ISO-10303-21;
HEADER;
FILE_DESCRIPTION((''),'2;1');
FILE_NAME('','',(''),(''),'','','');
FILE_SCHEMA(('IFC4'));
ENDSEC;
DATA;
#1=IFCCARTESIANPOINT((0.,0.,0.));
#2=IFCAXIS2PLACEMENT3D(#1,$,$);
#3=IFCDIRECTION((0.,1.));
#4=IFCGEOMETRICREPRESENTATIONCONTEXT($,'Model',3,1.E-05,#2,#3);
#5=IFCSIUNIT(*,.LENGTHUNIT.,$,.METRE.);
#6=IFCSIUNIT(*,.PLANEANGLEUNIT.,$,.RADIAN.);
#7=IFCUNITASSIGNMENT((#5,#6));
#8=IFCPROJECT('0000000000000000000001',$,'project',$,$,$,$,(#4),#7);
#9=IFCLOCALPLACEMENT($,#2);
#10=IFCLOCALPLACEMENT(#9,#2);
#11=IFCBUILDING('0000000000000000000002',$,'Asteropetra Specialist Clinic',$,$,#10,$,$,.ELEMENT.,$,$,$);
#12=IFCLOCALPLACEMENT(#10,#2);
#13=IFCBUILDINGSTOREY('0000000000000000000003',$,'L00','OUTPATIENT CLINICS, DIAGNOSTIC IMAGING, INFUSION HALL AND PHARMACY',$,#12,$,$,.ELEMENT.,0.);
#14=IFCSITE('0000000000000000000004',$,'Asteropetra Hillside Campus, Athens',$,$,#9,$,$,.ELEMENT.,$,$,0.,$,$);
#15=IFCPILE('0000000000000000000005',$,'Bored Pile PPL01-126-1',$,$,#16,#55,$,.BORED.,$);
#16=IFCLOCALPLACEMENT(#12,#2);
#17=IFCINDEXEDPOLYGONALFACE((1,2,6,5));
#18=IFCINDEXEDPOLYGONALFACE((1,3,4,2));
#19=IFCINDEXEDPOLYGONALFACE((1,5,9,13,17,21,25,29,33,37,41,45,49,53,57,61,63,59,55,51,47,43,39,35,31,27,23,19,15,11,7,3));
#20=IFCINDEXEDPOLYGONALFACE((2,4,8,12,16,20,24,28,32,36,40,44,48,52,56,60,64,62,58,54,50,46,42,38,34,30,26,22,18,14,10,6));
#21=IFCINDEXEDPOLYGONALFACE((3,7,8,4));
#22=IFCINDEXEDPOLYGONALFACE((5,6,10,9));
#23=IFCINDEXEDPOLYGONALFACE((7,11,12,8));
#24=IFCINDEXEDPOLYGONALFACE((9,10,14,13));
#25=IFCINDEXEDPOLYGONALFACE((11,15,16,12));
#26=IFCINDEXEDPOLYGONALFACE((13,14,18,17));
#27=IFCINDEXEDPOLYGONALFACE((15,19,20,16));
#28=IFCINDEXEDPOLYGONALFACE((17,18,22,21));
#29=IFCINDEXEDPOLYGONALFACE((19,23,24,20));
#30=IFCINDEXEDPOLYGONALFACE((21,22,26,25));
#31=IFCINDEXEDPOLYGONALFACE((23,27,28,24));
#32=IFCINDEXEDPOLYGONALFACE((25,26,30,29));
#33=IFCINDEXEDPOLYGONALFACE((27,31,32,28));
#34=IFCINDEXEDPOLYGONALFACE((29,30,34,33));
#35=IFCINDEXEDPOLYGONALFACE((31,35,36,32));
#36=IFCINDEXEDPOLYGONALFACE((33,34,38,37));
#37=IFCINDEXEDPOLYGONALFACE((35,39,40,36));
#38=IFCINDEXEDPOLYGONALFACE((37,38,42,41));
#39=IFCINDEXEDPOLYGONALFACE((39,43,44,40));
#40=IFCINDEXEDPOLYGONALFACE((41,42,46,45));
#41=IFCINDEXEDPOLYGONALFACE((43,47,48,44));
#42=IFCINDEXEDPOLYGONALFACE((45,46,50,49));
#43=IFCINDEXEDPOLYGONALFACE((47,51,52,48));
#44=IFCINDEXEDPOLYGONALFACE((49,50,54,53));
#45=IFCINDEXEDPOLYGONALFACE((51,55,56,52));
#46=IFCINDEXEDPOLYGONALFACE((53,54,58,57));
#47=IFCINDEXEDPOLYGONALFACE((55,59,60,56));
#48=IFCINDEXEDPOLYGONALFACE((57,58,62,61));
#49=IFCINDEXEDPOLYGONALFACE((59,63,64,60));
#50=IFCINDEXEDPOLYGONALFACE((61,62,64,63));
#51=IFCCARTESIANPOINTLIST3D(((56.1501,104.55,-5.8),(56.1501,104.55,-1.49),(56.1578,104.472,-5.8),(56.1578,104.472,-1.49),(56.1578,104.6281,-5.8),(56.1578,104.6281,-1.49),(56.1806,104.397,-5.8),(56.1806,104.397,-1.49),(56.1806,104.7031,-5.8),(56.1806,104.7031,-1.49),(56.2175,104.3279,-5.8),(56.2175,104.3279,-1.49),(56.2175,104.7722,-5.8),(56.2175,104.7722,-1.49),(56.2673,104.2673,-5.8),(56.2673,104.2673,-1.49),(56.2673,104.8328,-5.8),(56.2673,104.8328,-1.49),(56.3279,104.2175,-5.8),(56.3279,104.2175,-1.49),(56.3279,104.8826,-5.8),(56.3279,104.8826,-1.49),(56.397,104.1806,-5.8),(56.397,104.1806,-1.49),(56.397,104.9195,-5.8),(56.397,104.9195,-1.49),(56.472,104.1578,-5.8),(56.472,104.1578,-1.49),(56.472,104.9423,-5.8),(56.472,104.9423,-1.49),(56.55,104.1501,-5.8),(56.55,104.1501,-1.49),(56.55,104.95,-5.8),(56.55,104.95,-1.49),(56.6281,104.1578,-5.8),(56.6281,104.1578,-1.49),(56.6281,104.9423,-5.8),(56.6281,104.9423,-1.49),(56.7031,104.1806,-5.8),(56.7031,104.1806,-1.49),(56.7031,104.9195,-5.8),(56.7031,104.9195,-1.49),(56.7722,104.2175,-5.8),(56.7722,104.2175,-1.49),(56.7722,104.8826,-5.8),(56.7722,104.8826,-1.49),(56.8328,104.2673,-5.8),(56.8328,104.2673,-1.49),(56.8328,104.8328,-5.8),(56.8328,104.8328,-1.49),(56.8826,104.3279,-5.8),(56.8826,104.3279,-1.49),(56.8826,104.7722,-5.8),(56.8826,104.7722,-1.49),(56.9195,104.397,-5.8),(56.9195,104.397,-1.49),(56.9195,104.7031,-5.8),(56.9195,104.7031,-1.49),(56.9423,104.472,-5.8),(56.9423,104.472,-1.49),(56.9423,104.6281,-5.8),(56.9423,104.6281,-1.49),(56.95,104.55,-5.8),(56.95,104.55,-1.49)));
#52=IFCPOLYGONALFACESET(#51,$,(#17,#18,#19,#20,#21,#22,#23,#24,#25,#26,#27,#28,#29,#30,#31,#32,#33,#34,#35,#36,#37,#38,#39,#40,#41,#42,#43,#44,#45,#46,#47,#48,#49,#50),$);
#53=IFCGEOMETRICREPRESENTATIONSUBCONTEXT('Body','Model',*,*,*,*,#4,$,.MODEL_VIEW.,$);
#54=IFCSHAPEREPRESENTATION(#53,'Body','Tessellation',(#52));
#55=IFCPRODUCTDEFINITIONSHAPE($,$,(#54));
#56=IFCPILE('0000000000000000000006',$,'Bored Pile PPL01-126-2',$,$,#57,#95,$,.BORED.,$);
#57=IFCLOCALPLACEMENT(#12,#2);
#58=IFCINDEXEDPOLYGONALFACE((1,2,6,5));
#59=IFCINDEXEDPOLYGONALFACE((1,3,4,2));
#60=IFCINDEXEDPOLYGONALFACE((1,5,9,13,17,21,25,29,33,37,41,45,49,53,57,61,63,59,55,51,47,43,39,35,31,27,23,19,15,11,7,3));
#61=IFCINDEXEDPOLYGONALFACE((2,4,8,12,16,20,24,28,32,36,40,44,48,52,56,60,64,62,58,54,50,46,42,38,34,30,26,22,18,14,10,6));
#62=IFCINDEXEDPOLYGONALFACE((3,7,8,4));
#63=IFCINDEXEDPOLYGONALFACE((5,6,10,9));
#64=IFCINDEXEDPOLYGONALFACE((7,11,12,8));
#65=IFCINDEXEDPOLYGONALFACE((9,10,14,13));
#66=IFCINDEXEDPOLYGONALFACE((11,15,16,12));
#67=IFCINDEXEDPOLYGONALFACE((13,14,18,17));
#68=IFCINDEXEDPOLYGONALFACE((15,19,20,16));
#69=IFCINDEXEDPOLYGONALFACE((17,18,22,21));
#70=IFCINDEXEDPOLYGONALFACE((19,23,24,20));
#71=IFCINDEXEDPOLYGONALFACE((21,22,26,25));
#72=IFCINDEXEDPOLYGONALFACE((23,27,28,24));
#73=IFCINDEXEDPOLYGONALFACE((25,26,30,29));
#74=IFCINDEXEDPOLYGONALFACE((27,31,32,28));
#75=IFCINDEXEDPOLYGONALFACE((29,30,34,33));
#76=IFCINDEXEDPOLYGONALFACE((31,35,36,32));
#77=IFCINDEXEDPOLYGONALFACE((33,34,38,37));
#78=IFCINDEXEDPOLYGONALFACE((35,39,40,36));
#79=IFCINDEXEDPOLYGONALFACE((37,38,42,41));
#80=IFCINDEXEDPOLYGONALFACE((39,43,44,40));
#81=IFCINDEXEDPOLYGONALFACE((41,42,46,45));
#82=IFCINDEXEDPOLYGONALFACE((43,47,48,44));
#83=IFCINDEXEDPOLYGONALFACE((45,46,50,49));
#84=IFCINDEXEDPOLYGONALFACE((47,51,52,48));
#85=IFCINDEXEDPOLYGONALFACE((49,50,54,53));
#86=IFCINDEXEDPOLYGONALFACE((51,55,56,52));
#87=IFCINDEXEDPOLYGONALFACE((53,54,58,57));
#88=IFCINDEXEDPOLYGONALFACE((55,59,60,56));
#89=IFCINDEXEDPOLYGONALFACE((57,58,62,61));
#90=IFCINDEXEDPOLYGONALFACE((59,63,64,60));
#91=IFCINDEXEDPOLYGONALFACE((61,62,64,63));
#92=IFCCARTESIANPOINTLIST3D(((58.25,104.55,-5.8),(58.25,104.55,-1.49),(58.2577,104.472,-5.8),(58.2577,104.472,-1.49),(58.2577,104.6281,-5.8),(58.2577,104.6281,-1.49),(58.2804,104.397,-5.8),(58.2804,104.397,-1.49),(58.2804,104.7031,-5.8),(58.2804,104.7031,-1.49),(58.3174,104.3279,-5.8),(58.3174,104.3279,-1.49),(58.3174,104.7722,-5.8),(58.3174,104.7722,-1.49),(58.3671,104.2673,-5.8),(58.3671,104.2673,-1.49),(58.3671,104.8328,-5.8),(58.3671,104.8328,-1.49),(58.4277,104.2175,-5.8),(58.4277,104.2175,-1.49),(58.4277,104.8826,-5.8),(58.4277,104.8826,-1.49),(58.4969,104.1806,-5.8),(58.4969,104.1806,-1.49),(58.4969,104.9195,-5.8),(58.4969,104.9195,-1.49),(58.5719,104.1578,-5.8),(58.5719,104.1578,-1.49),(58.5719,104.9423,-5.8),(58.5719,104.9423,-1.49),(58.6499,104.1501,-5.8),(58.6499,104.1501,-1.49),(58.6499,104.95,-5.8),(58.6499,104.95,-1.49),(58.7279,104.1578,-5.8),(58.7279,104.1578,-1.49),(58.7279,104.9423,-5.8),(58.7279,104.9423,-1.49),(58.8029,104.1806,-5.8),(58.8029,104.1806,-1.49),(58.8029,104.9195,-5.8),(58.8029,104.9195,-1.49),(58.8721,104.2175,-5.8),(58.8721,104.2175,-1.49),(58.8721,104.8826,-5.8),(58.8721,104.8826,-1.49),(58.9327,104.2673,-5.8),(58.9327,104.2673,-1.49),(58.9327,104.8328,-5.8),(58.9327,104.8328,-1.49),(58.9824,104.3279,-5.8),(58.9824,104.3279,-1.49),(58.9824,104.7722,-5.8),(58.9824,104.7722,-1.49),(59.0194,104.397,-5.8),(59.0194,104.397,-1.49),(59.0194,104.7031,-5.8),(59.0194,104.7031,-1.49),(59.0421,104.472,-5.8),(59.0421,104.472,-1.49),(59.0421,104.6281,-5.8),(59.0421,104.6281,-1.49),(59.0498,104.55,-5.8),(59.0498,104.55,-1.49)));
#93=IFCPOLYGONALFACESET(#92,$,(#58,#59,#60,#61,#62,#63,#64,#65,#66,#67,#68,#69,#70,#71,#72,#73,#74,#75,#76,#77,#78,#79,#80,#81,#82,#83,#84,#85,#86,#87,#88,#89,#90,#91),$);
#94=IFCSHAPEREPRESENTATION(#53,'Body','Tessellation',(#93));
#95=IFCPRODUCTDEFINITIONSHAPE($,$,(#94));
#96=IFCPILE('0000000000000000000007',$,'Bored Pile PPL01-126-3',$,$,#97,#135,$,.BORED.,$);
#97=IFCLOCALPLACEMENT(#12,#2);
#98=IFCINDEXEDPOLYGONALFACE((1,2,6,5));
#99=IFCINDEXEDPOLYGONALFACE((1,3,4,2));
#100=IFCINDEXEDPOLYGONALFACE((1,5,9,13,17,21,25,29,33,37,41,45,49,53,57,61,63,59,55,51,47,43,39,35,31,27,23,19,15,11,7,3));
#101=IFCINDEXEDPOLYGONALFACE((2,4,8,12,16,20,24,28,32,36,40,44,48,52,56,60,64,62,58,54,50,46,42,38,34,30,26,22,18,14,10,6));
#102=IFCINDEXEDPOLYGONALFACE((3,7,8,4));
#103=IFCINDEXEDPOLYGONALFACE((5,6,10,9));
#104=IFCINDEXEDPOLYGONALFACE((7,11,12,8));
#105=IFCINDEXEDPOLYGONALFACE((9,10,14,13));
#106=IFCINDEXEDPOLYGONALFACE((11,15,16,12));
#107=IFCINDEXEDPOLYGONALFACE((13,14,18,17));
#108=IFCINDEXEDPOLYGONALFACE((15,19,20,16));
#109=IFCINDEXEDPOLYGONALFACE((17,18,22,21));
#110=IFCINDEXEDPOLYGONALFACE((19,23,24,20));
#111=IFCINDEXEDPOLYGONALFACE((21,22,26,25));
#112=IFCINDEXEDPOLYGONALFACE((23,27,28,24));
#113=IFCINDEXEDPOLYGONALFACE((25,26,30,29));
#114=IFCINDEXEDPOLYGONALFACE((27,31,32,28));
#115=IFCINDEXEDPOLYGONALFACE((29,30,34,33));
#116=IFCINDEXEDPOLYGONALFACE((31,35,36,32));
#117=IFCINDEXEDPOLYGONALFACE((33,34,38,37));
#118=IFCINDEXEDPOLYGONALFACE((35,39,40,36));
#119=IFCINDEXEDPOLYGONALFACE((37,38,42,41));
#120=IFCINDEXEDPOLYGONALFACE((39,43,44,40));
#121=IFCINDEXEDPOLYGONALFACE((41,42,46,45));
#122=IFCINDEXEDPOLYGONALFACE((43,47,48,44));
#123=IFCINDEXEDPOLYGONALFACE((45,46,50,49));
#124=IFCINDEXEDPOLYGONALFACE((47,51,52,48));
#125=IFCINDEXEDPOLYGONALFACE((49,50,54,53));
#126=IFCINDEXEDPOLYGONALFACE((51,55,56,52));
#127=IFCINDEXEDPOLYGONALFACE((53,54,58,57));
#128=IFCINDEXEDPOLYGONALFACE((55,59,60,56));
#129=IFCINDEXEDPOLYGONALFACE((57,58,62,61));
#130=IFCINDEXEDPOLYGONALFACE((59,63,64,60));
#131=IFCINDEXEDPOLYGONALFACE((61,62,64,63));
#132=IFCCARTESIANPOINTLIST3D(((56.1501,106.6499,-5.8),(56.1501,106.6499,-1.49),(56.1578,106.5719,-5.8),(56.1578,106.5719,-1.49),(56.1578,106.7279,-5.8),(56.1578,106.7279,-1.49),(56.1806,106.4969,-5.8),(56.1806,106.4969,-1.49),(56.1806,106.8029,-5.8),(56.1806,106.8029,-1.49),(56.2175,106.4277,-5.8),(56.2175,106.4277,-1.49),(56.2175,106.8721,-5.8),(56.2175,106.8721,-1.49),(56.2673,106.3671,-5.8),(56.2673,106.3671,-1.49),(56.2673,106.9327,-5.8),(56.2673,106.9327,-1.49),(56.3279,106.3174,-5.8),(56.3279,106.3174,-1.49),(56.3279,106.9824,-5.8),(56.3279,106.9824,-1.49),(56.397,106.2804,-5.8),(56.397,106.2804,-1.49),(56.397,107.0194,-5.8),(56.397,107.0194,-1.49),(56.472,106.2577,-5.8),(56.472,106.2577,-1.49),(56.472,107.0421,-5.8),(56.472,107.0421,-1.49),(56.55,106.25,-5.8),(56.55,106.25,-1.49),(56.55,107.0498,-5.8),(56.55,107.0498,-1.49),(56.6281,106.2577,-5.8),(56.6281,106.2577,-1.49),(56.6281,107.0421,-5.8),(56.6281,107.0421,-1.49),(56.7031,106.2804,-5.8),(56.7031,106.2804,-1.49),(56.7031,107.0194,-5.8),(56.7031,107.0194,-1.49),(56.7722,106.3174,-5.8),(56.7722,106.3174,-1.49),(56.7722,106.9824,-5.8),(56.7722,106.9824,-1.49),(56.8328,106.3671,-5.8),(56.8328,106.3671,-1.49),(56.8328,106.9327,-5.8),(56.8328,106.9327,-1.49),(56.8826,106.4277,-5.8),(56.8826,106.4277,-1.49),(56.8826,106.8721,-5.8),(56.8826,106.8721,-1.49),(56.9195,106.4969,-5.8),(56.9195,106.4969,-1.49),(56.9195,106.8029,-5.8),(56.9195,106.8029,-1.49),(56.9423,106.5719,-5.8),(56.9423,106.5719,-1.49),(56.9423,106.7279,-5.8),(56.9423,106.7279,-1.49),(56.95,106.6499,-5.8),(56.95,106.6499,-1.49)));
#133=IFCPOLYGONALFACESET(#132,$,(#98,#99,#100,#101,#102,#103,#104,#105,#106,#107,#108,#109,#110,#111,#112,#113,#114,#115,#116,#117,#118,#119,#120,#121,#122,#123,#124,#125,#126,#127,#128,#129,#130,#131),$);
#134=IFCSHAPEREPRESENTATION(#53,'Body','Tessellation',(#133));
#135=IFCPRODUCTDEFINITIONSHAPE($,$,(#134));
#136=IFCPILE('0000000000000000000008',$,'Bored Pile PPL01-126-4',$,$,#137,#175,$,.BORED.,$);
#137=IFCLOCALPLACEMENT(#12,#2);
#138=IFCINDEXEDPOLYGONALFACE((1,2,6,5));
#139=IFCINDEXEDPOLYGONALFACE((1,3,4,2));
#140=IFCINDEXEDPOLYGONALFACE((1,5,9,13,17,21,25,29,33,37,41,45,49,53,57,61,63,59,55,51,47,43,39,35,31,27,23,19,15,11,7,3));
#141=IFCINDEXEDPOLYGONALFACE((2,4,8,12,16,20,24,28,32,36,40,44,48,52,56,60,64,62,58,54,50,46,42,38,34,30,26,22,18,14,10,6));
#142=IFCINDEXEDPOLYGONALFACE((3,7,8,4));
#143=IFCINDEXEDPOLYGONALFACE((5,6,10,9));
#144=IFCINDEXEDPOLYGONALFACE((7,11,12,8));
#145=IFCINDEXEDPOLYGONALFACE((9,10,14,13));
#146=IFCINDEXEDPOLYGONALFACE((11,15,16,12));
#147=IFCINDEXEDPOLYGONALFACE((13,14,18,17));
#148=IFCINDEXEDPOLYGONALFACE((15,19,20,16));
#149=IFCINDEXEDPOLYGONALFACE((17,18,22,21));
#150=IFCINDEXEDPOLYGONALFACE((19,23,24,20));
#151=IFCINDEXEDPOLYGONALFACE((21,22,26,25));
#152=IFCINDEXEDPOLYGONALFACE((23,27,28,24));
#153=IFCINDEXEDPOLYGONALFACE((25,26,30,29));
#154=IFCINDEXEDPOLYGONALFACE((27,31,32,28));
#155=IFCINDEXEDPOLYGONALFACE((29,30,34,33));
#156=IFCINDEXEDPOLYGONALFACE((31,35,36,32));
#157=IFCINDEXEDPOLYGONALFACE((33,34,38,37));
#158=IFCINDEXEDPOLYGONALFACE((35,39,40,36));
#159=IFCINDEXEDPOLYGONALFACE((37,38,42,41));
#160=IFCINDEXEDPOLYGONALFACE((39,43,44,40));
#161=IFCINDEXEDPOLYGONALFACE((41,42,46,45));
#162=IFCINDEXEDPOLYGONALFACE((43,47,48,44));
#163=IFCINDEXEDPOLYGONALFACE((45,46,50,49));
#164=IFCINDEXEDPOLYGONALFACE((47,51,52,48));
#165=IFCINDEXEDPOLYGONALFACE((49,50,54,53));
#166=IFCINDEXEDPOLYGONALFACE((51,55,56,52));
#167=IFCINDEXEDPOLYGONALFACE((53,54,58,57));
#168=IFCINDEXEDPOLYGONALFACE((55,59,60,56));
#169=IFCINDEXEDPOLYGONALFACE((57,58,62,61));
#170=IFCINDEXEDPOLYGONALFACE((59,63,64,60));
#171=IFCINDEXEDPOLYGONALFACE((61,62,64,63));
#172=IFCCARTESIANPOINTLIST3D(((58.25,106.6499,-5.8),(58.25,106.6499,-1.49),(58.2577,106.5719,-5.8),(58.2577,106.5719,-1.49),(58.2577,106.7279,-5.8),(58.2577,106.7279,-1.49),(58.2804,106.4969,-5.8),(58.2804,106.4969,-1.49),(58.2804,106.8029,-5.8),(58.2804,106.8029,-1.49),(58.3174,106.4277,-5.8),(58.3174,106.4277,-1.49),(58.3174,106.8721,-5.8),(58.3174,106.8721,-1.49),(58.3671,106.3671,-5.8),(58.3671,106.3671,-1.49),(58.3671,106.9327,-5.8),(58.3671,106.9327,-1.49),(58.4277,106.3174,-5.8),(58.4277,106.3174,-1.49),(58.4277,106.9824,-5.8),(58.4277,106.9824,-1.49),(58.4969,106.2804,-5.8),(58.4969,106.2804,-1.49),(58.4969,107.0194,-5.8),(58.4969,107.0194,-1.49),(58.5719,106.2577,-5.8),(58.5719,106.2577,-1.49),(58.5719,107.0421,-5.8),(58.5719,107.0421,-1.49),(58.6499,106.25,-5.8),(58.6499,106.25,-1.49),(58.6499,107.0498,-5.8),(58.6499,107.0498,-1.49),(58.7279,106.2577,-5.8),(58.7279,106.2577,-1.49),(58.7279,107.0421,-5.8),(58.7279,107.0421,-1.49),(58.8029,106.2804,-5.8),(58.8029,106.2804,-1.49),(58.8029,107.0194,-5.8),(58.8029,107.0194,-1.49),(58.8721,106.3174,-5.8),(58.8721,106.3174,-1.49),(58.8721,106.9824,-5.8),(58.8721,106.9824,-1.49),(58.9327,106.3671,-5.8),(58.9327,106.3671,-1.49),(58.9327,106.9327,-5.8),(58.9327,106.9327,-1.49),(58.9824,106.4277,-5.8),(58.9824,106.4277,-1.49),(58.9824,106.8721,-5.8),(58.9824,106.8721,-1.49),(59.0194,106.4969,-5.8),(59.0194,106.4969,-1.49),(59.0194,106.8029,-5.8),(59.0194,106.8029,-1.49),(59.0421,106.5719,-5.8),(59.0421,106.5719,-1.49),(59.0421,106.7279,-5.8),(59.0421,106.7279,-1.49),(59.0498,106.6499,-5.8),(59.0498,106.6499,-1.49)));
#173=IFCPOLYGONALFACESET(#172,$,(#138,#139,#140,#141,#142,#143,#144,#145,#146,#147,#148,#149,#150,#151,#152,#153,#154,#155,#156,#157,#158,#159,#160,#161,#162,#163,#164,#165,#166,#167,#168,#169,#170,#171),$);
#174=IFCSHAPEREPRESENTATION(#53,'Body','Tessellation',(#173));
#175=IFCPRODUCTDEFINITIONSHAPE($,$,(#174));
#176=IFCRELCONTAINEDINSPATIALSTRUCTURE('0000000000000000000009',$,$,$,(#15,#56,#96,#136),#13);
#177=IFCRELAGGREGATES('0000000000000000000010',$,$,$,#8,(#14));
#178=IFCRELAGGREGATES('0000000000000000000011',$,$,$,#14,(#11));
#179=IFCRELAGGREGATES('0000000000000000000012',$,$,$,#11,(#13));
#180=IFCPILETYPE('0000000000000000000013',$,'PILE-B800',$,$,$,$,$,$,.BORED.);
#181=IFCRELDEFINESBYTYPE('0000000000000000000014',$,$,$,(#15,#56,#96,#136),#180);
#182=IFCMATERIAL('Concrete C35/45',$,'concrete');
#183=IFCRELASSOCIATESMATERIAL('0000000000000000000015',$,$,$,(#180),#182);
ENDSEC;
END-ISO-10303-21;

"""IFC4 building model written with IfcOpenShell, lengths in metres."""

from ifc_helpers import new_model, si_unit, direction, frame, origin, origin_2d, place, context, subcontext, project, spatial, circle, extrude, material, material_profile, profile_set, type_object, element, save


model = new_model("IFC4")

# Units and contexts
model_context = context("Model", 3, precision=1e-05, world=origin(), true_north=direction((0.0, 1.0)))
body_context = subcontext(model_context, "Body", "Model", "MODEL_VIEW")
ifc_project = project(units=[si_unit("LENGTHUNIT", "METRE"), si_unit("PLANEANGLEUNIT", "RADIAN")], contexts=[model_context])

# Site, building, storey
site_placement = place(None, origin())
site = spatial("IfcSite", under=ifc_project, at=site_placement, Name="Asteropetra Hillside Campus, Athens", CompositionType="ELEMENT", RefElevation=0.0)
building_placement = place(site_placement, origin())
building = spatial("IfcBuilding", under=site, at=building_placement, Name="Asteropetra Specialist Clinic", CompositionType="ELEMENT")
storey_placement = place(building_placement, origin())
storey = spatial("IfcBuildingStorey", under=building, at=storey_placement, Name="L00", Description="OUTPATIENT CLINICS, DIAGNOSTIC IMAGING, INFUSION HALL AND PHARMACY", CompositionType="ELEMENT", Elevation=0.0)

# Piles
ifc_material_1 = material(Name="Concrete C35/45", Category="concrete")
ifc_material_profile_1 = material_profile(ifc_material_1, circle(Radius=0.3999, at=origin_2d()), Name="PILE D800")
ifc_profile_set_1 = profile_set([ifc_material_profile_1], Name="Concrete C35/45")
pile_type_1 = type_object("IfcPileType", Name="PILE-B800", PredefinedType="BORED", material=ifc_profile_set_1)
for number, where, z_axis, x_axis, name in (
    (1, (56.55, 104.55, -1.49), (0.0, 0.0, -1.0), (1.0, 0.0, 0.0), "Bored Pile PPL01-126-1"),
    (2, (58.6499, 104.55, -1.49), (0.0, 0.0, -1.0), (1.0, 0.0, 0.0), "Bored Pile PPL01-126-2"),
    (3, (56.55, 106.6499, -1.49), (0.0, 0.0, -1.0), (1.0, 0.0, 0.0), "Bored Pile PPL01-126-3"),
    (4, (58.6499, 106.6499, -1.49), (0.0, 0.0, -1.0), (1.0, 0.0, 0.0), "Bored Pile PPL01-126-4"),
):
    element("IfcPile", number, at=place(storey_placement, frame(where, z_axis=z_axis, x_axis=x_axis)), inside=storey, type_object=pile_type_1, Name=name, PredefinedType="BORED", context=body_context, shape_type="SweptSolid", body=[
        extrude(circle(Radius=0.3999, at=origin_2d()), origin(), (0.0, 0.0, 1.0), 4.3101),
    ])

save(model, "model.ifc")
